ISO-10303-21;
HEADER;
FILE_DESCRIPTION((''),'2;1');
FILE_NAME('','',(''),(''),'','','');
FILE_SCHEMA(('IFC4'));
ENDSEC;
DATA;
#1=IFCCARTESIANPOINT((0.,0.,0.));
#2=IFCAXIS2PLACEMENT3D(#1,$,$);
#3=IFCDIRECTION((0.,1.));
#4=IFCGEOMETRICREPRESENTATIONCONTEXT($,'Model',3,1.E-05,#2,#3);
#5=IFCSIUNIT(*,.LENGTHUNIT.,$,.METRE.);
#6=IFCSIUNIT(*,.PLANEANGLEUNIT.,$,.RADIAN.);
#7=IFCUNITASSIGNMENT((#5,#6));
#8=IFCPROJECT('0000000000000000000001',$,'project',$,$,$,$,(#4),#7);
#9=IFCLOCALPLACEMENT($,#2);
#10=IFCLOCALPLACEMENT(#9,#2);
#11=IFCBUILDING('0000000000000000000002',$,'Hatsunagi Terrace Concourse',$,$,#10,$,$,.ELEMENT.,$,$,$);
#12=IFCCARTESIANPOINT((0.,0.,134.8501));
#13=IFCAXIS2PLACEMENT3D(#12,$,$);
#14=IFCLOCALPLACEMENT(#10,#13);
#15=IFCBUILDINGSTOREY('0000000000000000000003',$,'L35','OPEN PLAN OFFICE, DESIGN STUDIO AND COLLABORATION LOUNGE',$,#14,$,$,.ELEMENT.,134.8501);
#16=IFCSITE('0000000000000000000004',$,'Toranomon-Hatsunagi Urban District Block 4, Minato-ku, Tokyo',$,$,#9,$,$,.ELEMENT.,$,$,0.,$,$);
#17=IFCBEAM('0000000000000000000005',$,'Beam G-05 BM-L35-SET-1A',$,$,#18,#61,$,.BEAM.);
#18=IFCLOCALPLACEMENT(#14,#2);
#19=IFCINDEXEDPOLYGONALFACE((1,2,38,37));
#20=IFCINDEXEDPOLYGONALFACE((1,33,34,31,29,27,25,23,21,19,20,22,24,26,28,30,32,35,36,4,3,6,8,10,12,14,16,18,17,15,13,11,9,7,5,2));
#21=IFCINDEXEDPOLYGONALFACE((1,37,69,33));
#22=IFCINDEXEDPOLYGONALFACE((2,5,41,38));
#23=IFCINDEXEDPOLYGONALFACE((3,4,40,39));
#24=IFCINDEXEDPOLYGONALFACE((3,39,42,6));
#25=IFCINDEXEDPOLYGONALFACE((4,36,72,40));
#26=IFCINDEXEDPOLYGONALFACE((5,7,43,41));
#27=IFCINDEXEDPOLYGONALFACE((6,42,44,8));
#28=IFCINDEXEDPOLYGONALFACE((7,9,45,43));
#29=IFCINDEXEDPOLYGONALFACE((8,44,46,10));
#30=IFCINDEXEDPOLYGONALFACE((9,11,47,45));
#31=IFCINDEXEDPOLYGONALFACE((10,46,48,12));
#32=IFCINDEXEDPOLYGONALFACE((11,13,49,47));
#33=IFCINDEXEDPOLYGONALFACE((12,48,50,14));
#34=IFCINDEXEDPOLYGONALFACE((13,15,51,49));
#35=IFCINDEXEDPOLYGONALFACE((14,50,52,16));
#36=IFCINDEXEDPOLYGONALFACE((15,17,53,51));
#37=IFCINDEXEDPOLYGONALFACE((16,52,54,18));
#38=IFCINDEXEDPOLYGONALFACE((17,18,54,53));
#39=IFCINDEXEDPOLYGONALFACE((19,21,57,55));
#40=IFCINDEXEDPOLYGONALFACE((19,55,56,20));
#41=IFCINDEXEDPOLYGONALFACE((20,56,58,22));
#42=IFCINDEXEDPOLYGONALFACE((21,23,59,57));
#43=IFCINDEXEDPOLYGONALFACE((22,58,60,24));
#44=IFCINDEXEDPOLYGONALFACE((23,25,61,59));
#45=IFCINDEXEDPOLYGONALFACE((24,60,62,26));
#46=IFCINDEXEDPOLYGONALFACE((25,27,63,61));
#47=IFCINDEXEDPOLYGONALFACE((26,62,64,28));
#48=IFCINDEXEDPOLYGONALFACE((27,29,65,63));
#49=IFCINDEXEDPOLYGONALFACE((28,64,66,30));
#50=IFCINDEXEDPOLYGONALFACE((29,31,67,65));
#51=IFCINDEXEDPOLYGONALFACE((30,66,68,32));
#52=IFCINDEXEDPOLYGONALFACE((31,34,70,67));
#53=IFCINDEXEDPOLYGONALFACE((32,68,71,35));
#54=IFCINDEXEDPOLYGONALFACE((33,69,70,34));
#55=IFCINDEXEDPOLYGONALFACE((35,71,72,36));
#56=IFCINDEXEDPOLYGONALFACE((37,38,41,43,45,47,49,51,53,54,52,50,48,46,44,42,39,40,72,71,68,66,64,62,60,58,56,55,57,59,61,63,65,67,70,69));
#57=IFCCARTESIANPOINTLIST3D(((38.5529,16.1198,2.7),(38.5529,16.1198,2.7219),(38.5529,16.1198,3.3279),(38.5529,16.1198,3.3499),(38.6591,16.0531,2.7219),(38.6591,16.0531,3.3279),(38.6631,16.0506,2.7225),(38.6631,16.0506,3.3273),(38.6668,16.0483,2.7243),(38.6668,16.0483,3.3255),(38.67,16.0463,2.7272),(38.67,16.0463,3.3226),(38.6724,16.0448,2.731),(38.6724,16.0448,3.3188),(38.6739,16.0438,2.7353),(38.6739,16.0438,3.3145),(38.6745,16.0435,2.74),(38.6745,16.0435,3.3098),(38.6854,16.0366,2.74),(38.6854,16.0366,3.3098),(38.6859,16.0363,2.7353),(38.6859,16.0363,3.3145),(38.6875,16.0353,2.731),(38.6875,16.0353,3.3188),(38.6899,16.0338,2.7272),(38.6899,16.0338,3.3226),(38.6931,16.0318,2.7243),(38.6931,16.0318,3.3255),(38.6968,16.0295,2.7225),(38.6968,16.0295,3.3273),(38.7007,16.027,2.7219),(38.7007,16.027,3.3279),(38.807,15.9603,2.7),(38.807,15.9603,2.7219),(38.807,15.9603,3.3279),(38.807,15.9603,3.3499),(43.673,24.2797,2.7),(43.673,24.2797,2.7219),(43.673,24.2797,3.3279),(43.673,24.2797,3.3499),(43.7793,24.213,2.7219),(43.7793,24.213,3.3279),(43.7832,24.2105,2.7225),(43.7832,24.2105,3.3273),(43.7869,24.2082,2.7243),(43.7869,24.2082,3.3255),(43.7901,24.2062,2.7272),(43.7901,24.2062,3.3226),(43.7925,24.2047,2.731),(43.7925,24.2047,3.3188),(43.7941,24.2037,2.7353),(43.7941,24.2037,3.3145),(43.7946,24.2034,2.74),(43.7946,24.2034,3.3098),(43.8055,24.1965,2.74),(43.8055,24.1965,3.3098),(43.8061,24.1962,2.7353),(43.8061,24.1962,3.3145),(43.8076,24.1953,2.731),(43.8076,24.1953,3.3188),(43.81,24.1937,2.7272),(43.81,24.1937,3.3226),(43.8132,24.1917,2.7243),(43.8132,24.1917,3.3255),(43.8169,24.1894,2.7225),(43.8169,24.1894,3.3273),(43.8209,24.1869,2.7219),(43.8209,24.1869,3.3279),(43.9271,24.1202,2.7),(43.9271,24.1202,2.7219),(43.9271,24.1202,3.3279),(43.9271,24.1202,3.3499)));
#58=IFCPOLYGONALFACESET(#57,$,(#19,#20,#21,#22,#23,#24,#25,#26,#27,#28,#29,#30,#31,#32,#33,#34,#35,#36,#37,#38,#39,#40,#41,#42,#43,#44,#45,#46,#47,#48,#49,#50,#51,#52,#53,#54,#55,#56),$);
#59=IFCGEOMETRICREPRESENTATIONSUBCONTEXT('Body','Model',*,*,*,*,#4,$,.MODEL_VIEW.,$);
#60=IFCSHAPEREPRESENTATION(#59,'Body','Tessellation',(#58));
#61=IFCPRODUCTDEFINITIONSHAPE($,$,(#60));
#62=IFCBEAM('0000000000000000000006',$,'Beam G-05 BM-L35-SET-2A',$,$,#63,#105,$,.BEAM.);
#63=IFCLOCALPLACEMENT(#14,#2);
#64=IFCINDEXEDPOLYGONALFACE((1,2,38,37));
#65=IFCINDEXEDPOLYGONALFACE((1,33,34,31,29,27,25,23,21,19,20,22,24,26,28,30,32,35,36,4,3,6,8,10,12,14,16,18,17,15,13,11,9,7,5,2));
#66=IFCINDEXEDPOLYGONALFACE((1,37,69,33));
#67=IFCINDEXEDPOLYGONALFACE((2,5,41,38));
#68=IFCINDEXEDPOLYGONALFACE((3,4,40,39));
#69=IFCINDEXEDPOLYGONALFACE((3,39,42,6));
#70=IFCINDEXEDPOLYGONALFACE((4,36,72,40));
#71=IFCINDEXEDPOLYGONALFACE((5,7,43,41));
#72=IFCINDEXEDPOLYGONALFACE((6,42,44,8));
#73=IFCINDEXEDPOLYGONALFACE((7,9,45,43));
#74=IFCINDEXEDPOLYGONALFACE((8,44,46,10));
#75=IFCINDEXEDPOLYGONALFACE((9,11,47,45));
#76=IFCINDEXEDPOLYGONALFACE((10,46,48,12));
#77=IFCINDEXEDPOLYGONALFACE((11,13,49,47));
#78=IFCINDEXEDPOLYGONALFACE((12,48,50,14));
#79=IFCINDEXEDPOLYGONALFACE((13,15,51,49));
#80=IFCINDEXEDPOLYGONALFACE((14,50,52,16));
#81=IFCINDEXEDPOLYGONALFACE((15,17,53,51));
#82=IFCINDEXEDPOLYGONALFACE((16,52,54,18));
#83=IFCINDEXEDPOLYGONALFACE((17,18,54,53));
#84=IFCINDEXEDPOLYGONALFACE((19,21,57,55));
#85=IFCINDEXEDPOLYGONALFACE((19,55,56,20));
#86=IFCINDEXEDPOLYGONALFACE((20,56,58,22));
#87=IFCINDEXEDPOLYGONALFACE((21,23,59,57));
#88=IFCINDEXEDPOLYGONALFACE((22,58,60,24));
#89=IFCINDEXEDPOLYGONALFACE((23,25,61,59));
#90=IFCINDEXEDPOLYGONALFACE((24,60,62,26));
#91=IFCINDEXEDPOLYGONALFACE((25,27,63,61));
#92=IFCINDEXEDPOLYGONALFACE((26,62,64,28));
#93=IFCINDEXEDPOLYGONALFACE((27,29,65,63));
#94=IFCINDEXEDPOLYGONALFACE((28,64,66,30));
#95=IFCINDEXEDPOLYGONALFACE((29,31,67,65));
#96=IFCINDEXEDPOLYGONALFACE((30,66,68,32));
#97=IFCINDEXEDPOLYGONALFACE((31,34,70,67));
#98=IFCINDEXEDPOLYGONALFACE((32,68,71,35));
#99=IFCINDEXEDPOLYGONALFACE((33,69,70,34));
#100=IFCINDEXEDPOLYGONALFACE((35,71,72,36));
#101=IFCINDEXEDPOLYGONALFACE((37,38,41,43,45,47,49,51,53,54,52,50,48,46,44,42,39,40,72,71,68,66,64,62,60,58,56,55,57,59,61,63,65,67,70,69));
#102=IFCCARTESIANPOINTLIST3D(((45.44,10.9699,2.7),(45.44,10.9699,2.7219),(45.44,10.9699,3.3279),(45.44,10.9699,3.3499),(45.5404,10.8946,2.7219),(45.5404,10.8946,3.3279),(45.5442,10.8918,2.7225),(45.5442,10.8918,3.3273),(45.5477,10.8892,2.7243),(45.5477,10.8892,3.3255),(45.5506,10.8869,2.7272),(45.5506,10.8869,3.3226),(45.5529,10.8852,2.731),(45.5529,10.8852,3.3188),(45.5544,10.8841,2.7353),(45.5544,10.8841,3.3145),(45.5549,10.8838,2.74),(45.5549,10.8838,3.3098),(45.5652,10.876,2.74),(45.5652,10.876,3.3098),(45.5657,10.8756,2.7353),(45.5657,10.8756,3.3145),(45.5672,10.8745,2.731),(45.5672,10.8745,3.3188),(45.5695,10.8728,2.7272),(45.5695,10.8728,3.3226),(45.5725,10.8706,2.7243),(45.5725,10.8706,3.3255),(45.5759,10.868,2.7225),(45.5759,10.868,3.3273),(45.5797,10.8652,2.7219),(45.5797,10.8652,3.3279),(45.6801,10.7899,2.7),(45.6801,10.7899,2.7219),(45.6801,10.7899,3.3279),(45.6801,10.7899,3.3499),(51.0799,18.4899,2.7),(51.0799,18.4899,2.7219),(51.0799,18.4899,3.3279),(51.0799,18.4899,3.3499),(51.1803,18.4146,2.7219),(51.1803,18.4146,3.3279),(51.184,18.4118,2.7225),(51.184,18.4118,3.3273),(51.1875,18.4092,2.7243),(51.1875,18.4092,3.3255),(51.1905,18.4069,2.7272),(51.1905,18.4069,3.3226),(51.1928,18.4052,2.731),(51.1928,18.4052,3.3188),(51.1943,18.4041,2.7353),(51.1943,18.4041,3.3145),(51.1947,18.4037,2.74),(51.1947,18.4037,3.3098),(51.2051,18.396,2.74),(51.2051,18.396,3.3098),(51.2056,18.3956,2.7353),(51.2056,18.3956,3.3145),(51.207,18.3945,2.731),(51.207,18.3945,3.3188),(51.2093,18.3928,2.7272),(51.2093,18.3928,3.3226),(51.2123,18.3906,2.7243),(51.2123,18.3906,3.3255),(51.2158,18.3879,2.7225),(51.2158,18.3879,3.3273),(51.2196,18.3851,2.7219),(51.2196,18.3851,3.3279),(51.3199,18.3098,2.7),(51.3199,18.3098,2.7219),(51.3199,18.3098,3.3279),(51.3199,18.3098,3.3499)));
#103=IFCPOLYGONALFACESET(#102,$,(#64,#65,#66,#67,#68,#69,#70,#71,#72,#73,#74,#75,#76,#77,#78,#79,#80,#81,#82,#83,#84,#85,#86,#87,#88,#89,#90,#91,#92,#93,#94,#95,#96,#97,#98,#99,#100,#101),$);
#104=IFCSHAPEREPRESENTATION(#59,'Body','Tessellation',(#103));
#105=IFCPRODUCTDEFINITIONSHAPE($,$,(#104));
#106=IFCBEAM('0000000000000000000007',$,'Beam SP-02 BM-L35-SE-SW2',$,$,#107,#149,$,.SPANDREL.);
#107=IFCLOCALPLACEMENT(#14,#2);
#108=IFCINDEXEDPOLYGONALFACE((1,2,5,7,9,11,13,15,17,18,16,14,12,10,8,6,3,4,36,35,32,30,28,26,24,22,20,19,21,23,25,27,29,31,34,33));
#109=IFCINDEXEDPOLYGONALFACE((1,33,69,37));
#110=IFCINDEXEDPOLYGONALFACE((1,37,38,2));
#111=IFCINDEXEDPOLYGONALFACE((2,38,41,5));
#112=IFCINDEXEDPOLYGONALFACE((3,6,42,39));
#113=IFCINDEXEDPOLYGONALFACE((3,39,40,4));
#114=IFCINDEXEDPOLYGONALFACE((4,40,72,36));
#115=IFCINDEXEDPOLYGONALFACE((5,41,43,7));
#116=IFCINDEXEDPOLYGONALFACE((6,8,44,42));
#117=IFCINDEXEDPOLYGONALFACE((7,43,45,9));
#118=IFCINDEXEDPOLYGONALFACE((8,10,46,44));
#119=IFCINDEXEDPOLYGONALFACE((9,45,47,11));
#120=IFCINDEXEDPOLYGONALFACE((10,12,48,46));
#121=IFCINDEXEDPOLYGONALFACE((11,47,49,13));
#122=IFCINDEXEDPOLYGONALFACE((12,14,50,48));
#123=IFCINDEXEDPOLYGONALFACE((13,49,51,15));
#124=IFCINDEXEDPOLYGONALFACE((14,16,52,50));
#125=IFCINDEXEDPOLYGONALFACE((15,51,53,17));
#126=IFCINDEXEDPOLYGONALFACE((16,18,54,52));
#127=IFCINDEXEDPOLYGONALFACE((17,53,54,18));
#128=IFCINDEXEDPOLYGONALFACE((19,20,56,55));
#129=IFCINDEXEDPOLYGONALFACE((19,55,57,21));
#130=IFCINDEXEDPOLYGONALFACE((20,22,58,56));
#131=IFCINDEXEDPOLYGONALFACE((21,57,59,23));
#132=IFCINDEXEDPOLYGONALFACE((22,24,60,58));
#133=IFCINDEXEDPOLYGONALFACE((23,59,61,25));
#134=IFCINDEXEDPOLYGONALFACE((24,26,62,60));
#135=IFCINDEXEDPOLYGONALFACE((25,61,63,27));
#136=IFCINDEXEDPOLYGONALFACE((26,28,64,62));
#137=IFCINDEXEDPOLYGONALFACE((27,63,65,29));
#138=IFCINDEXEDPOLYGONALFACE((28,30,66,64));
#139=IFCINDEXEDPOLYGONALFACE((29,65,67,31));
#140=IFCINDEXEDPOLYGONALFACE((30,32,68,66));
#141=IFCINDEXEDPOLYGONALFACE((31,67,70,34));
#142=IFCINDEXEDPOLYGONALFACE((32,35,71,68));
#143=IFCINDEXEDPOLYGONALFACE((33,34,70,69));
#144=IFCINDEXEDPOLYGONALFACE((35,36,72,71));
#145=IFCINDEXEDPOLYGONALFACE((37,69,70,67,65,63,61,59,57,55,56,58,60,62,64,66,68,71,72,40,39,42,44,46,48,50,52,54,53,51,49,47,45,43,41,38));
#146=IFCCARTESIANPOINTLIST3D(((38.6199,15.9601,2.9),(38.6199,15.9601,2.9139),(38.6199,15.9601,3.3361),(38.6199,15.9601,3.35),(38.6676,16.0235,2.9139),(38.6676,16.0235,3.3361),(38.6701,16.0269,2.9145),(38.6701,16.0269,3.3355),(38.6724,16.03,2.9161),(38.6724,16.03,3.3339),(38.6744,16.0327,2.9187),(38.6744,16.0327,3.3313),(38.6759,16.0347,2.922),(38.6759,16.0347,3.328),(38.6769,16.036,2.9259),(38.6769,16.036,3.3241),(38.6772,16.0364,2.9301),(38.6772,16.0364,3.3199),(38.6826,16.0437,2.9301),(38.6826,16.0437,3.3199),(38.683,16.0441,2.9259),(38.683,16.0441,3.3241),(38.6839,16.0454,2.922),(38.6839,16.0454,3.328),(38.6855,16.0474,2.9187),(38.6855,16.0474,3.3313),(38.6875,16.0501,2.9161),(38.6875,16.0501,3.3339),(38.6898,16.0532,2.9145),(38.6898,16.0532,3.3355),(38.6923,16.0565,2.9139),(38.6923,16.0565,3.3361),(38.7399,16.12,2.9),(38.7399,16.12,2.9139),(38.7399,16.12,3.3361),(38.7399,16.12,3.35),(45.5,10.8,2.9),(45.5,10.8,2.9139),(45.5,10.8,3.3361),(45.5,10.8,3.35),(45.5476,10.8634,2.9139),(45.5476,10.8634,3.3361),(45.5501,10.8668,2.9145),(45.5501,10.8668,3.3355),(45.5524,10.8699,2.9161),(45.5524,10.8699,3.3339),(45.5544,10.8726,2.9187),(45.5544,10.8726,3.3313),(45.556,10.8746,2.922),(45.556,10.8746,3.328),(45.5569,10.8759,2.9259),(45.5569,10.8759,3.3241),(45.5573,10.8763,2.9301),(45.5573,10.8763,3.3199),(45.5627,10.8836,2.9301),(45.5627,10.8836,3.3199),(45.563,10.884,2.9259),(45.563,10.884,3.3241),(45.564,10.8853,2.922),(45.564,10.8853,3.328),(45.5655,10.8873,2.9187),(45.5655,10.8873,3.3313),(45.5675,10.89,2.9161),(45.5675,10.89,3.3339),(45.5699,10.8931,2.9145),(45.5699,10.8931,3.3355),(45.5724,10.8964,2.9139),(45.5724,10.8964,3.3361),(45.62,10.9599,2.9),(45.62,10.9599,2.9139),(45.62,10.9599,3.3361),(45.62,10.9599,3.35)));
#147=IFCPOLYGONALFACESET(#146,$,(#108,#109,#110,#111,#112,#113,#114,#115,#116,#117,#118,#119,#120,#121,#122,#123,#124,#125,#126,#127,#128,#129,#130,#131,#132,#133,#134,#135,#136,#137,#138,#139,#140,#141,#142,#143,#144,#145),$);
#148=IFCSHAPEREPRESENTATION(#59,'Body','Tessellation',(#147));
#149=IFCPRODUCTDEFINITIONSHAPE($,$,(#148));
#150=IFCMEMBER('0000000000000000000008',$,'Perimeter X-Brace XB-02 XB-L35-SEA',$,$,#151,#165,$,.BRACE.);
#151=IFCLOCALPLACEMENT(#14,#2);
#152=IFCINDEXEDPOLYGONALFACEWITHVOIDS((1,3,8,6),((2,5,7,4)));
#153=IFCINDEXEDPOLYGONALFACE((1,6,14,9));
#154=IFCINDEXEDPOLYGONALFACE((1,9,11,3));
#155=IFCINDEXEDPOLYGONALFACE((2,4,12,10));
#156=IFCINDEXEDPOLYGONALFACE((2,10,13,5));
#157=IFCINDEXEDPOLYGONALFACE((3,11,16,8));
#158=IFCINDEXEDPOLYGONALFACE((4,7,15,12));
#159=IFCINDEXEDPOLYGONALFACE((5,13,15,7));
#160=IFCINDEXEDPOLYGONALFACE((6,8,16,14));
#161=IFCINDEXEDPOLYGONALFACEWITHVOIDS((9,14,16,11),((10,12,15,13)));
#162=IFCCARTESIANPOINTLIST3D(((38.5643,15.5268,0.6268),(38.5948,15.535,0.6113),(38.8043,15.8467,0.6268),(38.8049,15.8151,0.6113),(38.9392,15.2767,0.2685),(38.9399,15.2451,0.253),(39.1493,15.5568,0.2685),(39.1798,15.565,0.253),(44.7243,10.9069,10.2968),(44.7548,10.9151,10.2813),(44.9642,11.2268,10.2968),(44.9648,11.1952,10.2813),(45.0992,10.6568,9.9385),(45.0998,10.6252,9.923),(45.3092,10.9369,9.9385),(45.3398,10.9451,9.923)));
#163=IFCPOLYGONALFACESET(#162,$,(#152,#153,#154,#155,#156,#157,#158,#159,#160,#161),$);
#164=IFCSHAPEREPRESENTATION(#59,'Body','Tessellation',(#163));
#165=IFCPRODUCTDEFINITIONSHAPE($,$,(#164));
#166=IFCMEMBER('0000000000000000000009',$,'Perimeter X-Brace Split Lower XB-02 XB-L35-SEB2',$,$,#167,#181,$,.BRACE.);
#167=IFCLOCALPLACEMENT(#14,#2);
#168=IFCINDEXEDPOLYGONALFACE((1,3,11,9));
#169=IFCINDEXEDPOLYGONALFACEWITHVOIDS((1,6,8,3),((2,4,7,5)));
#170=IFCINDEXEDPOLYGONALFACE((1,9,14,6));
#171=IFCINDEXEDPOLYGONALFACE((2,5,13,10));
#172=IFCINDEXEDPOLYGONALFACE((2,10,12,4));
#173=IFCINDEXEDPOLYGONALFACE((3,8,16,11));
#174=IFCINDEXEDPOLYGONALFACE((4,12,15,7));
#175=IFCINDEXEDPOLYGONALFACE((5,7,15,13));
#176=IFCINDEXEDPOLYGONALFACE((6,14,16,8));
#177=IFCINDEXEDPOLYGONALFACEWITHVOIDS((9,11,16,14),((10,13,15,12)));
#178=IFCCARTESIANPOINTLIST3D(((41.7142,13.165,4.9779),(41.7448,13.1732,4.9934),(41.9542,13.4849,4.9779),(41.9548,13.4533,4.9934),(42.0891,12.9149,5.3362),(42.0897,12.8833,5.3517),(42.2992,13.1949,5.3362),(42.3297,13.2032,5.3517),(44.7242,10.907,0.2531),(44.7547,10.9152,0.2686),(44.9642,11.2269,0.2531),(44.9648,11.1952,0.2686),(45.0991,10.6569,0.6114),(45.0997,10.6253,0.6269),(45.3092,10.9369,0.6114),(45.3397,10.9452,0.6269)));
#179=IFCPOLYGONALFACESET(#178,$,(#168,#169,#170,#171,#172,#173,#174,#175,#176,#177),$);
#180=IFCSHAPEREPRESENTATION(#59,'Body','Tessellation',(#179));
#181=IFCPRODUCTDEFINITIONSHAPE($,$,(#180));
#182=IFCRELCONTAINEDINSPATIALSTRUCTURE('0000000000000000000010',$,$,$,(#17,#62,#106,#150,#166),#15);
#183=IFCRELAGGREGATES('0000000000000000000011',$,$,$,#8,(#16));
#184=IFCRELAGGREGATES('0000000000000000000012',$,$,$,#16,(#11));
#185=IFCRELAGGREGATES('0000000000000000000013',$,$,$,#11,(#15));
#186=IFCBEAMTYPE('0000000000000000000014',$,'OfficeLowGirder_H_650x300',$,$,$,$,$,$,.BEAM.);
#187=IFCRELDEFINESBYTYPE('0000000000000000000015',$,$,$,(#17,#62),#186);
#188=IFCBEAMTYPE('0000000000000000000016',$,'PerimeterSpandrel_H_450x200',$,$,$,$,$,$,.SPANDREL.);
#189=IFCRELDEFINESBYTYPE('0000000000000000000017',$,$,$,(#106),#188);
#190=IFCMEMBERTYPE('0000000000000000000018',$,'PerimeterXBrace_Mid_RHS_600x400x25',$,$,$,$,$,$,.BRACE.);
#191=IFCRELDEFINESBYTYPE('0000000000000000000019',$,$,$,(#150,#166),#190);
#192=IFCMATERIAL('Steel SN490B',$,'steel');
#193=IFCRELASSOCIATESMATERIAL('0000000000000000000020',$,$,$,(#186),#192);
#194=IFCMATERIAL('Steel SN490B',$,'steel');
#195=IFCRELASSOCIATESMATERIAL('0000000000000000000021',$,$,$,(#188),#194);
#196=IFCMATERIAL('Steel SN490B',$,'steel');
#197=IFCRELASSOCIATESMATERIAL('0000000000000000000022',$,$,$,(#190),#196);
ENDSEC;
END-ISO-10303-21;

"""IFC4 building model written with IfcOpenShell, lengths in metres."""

from ifc_helpers import new_model, si_unit, direction, frame, origin, origin_2d, place, context, subcontext, project, spatial, hollow_rectangle, i_section, extrude, material, material_profile, profile_set, type_object, element, save


model = new_model("IFC4")

# Units and contexts
model_context = context("Model", 3, precision=1e-05, world=origin(), true_north=direction((0.0, 1.0)))
body_context = subcontext(model_context, "Body", "Model", "MODEL_VIEW")
ifc_project = project(units=[si_unit("LENGTHUNIT", "METRE"), si_unit("PLANEANGLEUNIT", "RADIAN")], contexts=[model_context])

# Site, building, storey
site_placement = place(None, origin())
site = spatial("IfcSite", under=ifc_project, at=site_placement, Name="Toranomon-Hatsunagi Urban District Block 4, Minato-ku, Tokyo", CompositionType="ELEMENT", RefElevation=0.0)
building_placement = place(site_placement, origin())
building = spatial("IfcBuilding", under=site, at=building_placement, Name="Hatsunagi Terrace Concourse", CompositionType="ELEMENT")
storey_placement = place(building_placement, frame((0.0, 0.0, 134.8501)))
storey = spatial("IfcBuildingStorey", under=building, at=storey_placement, Name="L35", Description="OPEN PLAN OFFICE, DESIGN STUDIO AND COLLABORATION LOUNGE", CompositionType="ELEMENT", Elevation=134.8501)

# Beams
ifc_material_1 = material(Name="Steel SN490B", Category="steel")
ifc_material_profile_1 = material_profile(ifc_material_1, i_section(OverallWidth=0.3, OverallDepth=0.6499, WebThickness=0.0129, FlangeThickness=0.022, FilletRadius=0.0181, at=origin_2d()), Name="H-650x300x13x22")
ifc_profile_set_1 = profile_set([ifc_material_profile_1], Name="Steel SN490B")
beam_type_1 = type_object("IfcBeamType", Name="OfficeLowGirder_H_650x300", PredefinedType="BEAM", material=ifc_profile_set_1)
beam_1_placement = place(storey_placement, frame((38.6799, 16.04, 3.0249), z_axis=(0.531504, 0.847056, 0.0), x_axis=(-0.847056, 0.531504, 0.0)))
element("IfcBeam", 1, at=beam_1_placement, inside=storey, type_object=beam_type_1, Name="Beam G-05 BM-L35-SET-1A", PredefinedType="BEAM", context=body_context, shape_type="SweptSolid", body=[
    extrude(i_section(OverallWidth=0.3, OverallDepth=0.6499, WebThickness=0.0129, FlangeThickness=0.022, FilletRadius=0.0181, at=origin_2d()), origin(), (0.0, 0.0, 1.0), 9.6333),
])
beam_2_placement = place(storey_placement, frame((45.5601, 10.8799, 3.0249), z_axis=(0.599992, 0.800006, 0.0), x_axis=(-0.800006, 0.599992, 0.0)))
element("IfcBeam", 2, at=beam_2_placement, inside=storey, type_object=beam_type_1, Name="Beam G-05 BM-L35-SET-2A", PredefinedType="BEAM", context=body_context, shape_type="SweptSolid", body=[
    extrude(i_section(OverallWidth=0.3, OverallDepth=0.6499, WebThickness=0.0129, FlangeThickness=0.022, FilletRadius=0.0181, at=origin_2d()), origin(), (0.0, 0.0, 1.0), 9.3999),
])
ifc_material_2 = material(Name="Steel SN490B", Category="steel")
ifc_material_profile_2 = material_profile(ifc_material_2, i_section(OverallWidth=0.2, OverallDepth=0.45, WebThickness=0.009, FlangeThickness=0.0139, FilletRadius=0.0161, at=origin_2d()), Name="H-450x200x9x14")
ifc_profile_set_2 = profile_set([ifc_material_profile_2], Name="Steel SN490B")
beam_type_2 = type_object("IfcBeamType", Name="PerimeterSpandrel_H_450x200", PredefinedType="SPANDREL", material=ifc_profile_set_2)
beam_3_placement = place(storey_placement, frame((38.6799, 16.04, 3.125), z_axis=(0.799997, -0.600005, 0.0), x_axis=(0.600005, 0.799997, 0.0)))
element("IfcBeam", 3, at=beam_3_placement, inside=storey, type_object=beam_type_2, Name="Beam SP-02 BM-L35-SE-SW2", PredefinedType="SPANDREL", context=body_context, shape_type="SweptSolid", body=[
    extrude(i_section(OverallWidth=0.2, OverallDepth=0.45, WebThickness=0.009, FlangeThickness=0.0139, FilletRadius=0.0161, at=origin_2d()), origin(), (0.0, 0.0, 1.0), 8.6001),
])

# Members
ifc_material_3 = material(Name="Steel SN490B", Category="steel")
ifc_material_profile_3 = material_profile(ifc_material_3, hollow_rectangle(XDim=0.3999, YDim=0.6001, WallThickness=0.0249, at=origin_2d()), Name="RHS-600x400x25")
ifc_profile_set_3 = profile_set([ifc_material_profile_3], Name="Steel SN490B")
member_type = type_object("IfcMemberType", Name="PerimeterXBrace_Mid_RHS_600x400x25", PredefinedType="BRACE", material=ifc_profile_set_3)
member_1_placement = place(storey_placement, frame((38.8721, 15.5459, 0.4399), z_axis=(0.498333, -0.373745, 0.782291), x_axis=(0.599995, 0.800004, 0.0)))
element("IfcMember", 4, at=member_1_placement, inside=storey, type_object=member_type, Name="Perimeter X-Brace XB-02 XB-L35-SEA", PredefinedType="BRACE", context=body_context, shape_type="SweptSolid", body=[
    extrude(hollow_rectangle(XDim=0.3999, YDim=0.6001, WallThickness=0.0249, at=origin_2d()), origin(), (0.0, 0.0, 1.0), 12.3611),
])
member_2_placement = place(storey_placement, frame((42.022, 13.1841, 5.1648), z_axis=(0.498335, -0.373842, -0.782243), x_axis=(0.600093, 0.79993, 0.0)))
element("IfcMember", 5, at=member_2_placement, inside=storey, type_object=member_type, Name="Perimeter X-Brace Split Lower XB-02 XB-L35-SEB2", PredefinedType="BRACE", context=body_context, shape_type="SweptSolid", body=[
    extrude(hollow_rectangle(XDim=0.3999, YDim=0.6001, WallThickness=0.0249, at=origin_2d()), origin(), (0.0, 0.0, 1.0), 6.04),
])

save(model, "model.ifc")
